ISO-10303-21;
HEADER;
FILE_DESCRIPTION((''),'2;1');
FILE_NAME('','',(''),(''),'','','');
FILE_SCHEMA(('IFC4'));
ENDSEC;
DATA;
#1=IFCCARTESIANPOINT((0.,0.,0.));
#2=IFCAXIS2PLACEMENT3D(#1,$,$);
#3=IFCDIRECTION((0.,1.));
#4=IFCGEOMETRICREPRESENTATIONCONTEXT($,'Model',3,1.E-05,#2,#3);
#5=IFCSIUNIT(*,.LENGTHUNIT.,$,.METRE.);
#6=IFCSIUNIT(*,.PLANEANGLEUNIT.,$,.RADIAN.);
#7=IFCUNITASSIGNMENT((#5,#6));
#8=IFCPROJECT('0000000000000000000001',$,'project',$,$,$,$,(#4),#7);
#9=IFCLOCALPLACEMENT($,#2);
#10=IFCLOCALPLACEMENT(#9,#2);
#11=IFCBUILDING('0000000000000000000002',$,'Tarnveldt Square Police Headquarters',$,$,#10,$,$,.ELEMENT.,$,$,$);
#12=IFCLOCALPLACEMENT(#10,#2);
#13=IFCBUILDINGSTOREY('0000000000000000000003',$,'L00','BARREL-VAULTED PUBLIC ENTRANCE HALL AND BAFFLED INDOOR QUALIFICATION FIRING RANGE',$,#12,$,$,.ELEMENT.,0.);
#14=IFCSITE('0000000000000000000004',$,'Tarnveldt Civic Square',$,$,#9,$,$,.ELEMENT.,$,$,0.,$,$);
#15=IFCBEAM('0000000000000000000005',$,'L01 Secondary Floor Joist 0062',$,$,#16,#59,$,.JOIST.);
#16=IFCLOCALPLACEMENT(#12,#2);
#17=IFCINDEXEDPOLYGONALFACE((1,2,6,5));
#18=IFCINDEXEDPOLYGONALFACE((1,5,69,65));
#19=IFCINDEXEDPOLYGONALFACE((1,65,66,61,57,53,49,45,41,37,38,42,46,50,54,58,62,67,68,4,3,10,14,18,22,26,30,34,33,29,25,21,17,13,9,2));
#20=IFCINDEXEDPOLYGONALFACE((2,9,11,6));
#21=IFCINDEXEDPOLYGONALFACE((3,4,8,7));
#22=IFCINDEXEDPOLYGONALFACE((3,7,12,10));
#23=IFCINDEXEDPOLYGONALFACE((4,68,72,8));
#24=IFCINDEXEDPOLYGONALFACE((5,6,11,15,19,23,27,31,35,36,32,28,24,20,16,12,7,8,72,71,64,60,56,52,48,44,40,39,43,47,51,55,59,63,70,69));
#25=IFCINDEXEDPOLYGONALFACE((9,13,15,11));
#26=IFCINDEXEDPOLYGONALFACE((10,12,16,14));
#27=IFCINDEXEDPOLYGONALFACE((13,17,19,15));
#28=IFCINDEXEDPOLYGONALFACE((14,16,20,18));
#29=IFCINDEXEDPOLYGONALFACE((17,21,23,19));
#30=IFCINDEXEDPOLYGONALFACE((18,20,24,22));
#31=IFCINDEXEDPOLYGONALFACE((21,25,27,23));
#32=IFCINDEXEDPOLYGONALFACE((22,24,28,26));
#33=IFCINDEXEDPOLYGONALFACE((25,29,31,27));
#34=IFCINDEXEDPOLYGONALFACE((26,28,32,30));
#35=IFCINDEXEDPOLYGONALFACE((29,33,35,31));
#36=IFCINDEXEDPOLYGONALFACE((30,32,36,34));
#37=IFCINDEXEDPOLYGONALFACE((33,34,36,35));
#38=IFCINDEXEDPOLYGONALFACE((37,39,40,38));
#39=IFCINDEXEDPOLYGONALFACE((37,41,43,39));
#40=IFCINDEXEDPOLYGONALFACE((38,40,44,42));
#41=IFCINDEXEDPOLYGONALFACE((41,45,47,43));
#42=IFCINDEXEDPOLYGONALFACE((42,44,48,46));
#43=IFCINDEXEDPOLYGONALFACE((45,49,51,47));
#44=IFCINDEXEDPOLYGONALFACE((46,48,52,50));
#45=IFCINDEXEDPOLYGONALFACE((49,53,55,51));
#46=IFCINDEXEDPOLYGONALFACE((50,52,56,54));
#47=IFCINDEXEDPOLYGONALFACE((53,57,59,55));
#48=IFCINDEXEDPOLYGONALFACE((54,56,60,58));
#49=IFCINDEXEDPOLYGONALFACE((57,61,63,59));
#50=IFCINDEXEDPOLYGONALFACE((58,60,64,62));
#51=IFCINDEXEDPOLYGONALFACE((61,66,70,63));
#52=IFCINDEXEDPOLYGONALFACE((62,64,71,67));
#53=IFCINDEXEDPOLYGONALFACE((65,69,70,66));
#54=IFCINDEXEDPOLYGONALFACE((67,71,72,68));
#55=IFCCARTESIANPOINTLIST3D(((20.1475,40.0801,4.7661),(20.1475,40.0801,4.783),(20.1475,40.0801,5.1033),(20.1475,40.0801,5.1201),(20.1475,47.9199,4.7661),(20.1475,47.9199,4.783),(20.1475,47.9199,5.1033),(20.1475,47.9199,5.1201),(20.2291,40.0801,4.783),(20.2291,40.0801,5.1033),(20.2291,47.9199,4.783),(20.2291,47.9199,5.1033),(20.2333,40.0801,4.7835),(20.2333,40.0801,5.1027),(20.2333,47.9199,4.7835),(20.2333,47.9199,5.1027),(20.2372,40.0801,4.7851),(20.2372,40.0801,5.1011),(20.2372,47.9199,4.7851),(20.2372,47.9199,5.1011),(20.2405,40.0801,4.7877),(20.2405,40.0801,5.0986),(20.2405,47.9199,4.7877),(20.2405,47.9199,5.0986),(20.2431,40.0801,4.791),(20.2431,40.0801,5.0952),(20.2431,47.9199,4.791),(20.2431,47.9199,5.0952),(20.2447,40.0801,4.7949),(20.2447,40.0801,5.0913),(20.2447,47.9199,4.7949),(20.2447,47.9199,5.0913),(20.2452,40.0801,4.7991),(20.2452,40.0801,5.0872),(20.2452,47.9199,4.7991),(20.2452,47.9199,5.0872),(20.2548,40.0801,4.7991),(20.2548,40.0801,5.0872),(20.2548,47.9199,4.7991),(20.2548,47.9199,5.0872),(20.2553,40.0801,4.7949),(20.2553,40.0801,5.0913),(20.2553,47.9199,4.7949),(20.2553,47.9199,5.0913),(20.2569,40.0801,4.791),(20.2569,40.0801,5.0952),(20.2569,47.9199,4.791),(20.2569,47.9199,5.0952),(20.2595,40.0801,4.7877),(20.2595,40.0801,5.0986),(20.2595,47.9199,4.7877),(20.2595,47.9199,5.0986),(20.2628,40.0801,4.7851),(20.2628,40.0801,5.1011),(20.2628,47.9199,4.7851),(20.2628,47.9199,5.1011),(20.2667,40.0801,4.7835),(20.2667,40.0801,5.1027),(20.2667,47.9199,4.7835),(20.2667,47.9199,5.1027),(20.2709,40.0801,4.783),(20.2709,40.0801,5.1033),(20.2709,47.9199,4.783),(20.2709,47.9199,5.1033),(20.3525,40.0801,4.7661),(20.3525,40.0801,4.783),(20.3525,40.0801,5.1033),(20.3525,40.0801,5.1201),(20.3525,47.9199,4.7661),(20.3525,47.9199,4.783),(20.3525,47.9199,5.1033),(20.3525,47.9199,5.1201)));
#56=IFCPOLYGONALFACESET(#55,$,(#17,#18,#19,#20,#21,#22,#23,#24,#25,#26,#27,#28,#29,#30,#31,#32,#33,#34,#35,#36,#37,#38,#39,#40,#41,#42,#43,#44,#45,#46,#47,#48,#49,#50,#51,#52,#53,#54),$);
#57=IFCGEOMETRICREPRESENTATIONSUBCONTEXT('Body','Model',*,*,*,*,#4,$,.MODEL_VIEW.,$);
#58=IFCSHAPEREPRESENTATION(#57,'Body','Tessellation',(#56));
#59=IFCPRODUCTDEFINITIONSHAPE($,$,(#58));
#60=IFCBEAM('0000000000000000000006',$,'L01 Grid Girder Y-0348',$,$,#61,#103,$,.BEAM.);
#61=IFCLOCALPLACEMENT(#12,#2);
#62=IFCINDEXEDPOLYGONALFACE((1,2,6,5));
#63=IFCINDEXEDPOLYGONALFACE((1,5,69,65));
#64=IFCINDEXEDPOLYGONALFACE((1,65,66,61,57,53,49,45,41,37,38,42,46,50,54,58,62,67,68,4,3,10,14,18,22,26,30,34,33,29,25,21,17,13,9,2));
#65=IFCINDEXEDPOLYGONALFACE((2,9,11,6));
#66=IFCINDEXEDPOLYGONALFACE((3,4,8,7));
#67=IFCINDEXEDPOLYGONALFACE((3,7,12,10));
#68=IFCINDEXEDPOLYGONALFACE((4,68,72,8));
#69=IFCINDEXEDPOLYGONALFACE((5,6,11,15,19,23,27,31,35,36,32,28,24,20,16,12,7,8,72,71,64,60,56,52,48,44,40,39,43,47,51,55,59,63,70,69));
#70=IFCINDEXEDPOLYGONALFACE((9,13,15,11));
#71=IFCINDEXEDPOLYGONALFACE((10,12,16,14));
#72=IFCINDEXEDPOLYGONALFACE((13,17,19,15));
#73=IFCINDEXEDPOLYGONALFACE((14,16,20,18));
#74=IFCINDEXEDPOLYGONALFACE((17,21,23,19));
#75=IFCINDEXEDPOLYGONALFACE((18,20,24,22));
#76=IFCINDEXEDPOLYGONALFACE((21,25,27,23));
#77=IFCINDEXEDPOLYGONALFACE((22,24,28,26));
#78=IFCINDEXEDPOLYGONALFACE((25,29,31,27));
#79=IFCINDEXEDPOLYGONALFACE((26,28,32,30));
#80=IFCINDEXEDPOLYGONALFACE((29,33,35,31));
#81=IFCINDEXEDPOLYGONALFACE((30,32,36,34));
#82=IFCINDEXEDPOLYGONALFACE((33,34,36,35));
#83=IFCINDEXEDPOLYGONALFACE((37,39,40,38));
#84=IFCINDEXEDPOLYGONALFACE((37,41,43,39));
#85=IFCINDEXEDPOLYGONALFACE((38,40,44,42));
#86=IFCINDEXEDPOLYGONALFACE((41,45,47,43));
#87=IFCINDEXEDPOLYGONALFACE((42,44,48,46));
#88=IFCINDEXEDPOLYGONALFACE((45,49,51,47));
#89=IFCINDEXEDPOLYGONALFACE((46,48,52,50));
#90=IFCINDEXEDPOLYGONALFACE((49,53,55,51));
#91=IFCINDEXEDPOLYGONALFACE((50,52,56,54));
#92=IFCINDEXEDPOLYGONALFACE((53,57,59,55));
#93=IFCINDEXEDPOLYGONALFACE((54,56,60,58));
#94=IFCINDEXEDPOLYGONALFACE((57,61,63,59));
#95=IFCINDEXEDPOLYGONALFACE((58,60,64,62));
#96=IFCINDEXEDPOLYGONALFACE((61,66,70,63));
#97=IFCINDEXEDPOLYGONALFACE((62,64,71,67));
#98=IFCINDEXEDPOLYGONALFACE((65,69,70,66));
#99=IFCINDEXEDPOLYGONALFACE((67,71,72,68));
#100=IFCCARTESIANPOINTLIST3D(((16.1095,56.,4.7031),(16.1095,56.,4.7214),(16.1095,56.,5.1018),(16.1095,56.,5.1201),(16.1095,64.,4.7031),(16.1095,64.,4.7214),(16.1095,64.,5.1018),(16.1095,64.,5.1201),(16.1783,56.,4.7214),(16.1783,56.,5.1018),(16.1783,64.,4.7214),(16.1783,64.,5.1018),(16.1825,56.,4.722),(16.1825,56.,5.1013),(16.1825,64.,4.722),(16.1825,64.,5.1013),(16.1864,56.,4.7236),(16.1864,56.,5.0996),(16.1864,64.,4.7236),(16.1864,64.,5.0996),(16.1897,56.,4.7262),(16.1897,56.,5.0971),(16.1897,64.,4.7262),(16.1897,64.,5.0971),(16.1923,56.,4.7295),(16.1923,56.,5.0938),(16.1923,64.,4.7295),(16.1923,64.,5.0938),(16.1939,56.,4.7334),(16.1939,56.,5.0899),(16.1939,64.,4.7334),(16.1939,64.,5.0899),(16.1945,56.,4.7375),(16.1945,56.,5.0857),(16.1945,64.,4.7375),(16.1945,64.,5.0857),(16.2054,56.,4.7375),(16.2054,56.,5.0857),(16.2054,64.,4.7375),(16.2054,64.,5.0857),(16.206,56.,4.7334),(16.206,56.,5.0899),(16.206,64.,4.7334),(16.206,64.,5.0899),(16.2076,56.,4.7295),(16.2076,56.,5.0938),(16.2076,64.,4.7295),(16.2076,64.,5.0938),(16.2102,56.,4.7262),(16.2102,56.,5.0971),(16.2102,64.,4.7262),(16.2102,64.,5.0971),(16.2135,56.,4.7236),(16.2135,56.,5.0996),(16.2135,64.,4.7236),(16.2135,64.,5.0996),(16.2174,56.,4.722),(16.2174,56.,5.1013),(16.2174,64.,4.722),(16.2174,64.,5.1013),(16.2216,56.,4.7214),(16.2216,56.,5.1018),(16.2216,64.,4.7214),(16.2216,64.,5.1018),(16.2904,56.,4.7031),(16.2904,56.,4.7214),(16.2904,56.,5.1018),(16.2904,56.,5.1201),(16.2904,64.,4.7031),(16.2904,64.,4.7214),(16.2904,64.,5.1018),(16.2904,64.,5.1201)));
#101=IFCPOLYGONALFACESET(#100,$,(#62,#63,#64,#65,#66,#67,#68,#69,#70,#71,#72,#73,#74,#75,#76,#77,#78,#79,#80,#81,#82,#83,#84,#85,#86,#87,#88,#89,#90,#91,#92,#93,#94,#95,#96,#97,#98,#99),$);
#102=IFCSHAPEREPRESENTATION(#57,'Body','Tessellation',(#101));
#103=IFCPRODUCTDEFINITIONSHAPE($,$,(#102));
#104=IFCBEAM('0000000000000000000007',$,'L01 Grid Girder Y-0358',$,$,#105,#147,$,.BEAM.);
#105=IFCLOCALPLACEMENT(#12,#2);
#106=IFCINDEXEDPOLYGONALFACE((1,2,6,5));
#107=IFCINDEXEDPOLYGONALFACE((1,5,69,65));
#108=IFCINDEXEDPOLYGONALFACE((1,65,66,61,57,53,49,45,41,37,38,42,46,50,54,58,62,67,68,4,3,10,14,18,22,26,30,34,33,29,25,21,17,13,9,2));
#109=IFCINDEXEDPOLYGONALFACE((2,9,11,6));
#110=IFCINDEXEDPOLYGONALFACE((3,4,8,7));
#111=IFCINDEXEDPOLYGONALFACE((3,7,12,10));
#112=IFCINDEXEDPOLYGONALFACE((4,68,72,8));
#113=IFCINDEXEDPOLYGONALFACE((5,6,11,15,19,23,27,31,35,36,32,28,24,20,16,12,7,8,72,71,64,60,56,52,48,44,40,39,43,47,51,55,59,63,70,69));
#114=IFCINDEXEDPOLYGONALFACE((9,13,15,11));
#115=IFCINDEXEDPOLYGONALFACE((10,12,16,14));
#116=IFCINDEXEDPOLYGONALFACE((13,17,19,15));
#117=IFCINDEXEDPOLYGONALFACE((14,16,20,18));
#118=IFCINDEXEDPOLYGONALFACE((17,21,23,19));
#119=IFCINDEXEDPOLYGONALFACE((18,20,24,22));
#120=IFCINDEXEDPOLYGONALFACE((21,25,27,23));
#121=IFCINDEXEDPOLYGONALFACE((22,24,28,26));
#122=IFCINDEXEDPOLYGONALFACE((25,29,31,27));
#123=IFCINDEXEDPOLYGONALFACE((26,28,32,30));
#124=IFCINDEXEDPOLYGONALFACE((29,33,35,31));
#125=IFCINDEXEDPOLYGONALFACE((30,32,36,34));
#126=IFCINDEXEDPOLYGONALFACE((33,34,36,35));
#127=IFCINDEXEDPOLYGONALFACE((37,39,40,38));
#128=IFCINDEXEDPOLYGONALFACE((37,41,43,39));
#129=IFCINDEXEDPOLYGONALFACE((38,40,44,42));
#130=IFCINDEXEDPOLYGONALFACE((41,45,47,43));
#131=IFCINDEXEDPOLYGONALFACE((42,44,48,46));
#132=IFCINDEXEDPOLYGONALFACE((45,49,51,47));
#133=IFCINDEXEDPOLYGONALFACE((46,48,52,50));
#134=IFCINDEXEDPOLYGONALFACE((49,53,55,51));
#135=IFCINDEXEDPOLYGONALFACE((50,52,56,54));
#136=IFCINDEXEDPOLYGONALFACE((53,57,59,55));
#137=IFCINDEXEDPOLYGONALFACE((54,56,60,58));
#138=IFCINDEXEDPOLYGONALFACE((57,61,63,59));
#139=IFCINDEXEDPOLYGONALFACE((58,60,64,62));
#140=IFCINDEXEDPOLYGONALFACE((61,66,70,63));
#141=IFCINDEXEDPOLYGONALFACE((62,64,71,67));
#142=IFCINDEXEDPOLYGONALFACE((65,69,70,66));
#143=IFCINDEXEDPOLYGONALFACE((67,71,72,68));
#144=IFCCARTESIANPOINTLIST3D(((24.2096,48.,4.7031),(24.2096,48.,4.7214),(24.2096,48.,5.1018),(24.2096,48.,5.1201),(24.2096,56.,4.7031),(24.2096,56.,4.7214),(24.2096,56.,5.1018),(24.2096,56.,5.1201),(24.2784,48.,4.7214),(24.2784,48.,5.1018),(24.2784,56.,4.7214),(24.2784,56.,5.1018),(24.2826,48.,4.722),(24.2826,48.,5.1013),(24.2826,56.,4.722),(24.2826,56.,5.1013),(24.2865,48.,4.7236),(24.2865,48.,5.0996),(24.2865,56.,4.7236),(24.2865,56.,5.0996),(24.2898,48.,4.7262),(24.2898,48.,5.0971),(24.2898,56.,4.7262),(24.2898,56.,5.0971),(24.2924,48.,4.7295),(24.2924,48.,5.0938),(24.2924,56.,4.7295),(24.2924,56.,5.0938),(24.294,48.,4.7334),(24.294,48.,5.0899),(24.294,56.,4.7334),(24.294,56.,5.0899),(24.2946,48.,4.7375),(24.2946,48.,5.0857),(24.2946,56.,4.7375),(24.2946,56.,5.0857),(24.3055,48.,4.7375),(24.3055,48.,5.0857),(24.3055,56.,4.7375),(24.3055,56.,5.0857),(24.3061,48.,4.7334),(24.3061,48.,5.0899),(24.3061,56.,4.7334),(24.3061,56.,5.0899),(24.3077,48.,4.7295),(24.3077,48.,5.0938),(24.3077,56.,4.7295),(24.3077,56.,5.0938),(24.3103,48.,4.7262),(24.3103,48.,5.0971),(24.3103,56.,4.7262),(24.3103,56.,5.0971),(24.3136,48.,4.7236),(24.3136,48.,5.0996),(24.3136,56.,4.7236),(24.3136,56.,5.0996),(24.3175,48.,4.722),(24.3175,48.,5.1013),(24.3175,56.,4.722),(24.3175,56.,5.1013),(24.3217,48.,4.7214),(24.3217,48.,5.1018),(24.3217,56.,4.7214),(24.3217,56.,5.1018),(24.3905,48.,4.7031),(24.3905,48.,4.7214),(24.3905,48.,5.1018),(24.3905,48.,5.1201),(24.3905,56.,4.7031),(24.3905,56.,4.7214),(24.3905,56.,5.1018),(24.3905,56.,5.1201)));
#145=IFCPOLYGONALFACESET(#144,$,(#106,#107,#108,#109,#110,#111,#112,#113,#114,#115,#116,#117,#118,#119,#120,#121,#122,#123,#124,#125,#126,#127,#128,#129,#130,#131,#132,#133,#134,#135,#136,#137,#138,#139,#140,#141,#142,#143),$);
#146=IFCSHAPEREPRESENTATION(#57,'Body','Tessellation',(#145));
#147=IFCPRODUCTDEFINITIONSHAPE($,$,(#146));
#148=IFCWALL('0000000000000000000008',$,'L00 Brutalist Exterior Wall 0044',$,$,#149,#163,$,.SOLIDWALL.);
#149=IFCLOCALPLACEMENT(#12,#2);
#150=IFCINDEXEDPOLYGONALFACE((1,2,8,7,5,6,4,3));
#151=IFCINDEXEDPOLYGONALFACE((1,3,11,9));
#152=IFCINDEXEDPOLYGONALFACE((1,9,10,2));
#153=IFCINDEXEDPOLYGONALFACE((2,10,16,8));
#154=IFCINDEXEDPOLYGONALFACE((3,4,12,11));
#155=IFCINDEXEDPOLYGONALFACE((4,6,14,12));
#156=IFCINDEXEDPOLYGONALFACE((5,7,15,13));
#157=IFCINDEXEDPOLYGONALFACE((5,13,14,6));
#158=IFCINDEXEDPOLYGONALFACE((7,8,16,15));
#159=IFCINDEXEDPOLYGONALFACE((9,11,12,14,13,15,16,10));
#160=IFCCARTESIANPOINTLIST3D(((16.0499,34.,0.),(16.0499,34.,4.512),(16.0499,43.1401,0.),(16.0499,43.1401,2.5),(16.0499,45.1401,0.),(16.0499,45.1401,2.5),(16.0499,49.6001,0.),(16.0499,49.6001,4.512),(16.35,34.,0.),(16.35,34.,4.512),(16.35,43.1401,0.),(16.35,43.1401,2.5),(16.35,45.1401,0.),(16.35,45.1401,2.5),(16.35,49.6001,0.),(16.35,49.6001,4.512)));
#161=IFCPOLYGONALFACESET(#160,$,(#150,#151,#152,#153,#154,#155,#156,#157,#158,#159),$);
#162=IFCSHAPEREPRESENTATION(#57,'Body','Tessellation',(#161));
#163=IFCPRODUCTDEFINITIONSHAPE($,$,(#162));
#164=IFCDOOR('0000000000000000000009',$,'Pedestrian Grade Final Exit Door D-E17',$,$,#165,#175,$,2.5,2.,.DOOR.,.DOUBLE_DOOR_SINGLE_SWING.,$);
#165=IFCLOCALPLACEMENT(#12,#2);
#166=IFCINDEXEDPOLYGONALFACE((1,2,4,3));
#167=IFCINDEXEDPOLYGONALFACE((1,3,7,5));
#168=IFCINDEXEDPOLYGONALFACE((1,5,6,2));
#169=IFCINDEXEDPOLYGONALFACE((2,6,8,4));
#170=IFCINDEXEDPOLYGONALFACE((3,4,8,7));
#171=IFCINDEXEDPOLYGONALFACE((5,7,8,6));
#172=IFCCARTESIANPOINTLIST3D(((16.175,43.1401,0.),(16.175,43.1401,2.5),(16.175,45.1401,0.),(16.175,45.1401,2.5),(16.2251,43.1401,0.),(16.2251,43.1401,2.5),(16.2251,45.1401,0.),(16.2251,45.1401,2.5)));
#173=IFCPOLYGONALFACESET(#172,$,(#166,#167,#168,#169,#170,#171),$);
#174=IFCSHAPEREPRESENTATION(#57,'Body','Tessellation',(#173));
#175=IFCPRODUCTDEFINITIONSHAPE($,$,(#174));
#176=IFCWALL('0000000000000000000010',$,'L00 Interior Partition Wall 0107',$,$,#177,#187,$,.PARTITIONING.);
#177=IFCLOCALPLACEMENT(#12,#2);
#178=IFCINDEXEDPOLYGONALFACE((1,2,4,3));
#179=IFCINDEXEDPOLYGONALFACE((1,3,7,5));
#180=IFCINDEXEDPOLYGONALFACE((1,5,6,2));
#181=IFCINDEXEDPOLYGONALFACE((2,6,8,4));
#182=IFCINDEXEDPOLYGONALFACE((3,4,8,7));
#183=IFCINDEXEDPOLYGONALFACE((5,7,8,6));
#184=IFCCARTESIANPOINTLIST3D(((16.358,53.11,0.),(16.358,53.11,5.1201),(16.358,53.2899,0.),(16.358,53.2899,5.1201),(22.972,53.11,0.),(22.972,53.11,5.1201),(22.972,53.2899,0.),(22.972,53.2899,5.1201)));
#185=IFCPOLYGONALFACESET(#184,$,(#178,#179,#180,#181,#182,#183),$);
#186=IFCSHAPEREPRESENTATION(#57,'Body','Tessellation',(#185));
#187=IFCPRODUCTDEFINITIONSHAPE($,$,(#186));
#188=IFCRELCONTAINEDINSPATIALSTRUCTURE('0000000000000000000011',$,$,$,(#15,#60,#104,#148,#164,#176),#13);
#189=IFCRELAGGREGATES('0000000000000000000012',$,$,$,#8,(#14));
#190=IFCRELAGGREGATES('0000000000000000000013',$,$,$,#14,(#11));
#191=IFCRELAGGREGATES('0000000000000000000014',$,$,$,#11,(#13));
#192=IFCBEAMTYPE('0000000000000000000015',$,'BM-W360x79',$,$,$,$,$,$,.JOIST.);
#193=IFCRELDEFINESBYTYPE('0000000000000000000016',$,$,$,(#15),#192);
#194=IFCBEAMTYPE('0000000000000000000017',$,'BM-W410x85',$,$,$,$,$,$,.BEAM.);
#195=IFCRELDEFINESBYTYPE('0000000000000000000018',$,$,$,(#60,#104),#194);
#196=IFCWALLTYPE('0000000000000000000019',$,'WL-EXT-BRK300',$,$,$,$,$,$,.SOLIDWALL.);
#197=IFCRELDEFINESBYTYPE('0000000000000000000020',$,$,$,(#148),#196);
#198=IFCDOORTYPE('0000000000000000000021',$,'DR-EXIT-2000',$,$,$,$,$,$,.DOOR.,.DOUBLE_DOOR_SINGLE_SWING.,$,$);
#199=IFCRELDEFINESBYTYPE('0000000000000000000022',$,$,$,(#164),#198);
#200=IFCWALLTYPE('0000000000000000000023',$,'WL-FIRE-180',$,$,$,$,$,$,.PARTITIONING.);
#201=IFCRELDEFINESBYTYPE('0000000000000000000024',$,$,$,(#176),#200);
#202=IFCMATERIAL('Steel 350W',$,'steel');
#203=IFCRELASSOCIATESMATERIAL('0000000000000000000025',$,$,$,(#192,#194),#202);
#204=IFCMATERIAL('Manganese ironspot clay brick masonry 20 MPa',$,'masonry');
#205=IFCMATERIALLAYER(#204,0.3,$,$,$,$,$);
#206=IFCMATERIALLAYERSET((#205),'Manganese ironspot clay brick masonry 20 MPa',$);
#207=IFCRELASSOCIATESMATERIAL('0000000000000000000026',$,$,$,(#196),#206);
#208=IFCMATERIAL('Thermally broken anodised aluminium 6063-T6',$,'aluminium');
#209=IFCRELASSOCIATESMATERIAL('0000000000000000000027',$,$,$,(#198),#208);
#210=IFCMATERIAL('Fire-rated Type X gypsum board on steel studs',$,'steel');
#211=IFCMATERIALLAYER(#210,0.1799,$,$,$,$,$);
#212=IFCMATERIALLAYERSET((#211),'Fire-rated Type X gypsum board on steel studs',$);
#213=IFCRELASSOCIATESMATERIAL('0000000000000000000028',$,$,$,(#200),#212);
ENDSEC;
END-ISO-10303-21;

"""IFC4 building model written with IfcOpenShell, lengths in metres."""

from ifc_helpers import new_model, si_unit, direction, frame, frame_2d, origin, origin_2d, place, context, subcontext, project, spatial, rectangle, i_section, extrude, material, layer, layer_set, material_profile, profile_set, type_object, element, fill, save


model = new_model("IFC4")

# Units and contexts
model_context = context("Model", 3, precision=1e-05, world=origin(), true_north=direction((0.0, 1.0)))
body_context = subcontext(model_context, "Body", "Model", "MODEL_VIEW")
ifc_project = project(units=[si_unit("LENGTHUNIT", "METRE"), si_unit("PLANEANGLEUNIT", "RADIAN")], contexts=[model_context])

# Site, building, storey
site_placement = place(None, origin())
site = spatial("IfcSite", under=ifc_project, at=site_placement, Name="Tarnveldt Civic Square", CompositionType="ELEMENT", RefElevation=0.0)
building_placement = place(site_placement, origin())
building = spatial("IfcBuilding", under=site, at=building_placement, Name="Tarnveldt Square Police Headquarters", CompositionType="ELEMENT")
storey_placement = place(building_placement, origin())
storey = spatial("IfcBuildingStorey", under=building, at=storey_placement, Name="L00", Description="BARREL-VAULTED PUBLIC ENTRANCE HALL AND BAFFLED INDOOR QUALIFICATION FIRING RANGE", CompositionType="ELEMENT", Elevation=0.0)

# Beams
ifc_material_1 = material(Name="Steel 350W", Category="steel")
ifc_material_profile_1 = material_profile(ifc_material_1, i_section(OverallWidth=0.2051, OverallDepth=0.354, WebThickness=0.0095, FlangeThickness=0.0168, FilletRadius=0.0161, at=origin_2d()), Name="W360x79")
ifc_profile_set_1 = profile_set([ifc_material_profile_1], Name="Steel 350W")
beam_type_1 = type_object("IfcBeamType", Name="BM-W360x79", PredefinedType="JOIST", material=ifc_profile_set_1)
beam_1_placement = place(storey_placement, frame((20.25, 40.0801, 4.9431), z_axis=(0.0, 1.0, 0.0), x_axis=(-1.0, 0.0, 0.0)))
element("IfcBeam", 1, at=beam_1_placement, inside=storey, type_object=beam_type_1, Name="L01 Secondary Floor Joist 0062", PredefinedType="JOIST", context=body_context, shape_type="SweptSolid", body=[
    extrude(i_section(OverallWidth=0.2051, OverallDepth=0.354, WebThickness=0.0095, FlangeThickness=0.0168, FilletRadius=0.0161, at=origin_2d()), origin(), (0.0, 0.0, 1.0), 7.8398),
])
ifc_material_profile_2 = material_profile(ifc_material_1, i_section(OverallWidth=0.1809, OverallDepth=0.417, WebThickness=0.011, FlangeThickness=0.0183, FilletRadius=0.0161, at=origin_2d()), Name="W410x85")
ifc_profile_set_2 = profile_set([ifc_material_profile_2], Name="Steel 350W")
beam_type_2 = type_object("IfcBeamType", Name="BM-W410x85", PredefinedType="BEAM", material=ifc_profile_set_2)
for number, where, z_axis, x_axis, name in (
    (2, (16.2, 56.0, 4.9116), (0.0, 1.0, 0.0), (-1.0, 0.0, 0.0), "L01 Grid Girder Y-0348"),
    (3, (24.3, 48.0, 4.9116), (0.0, 1.0, 0.0), (-1.0, 0.0, 0.0), "L01 Grid Girder Y-0358"),
):
    element("IfcBeam", number, at=place(storey_placement, frame(where, z_axis=z_axis, x_axis=x_axis)), inside=storey, type_object=beam_type_2, Name=name, PredefinedType="BEAM", context=body_context, shape_type="SweptSolid", body=[
        extrude(i_section(OverallWidth=0.1809, OverallDepth=0.417, WebThickness=0.011, FlangeThickness=0.0183, FilletRadius=0.0161, at=origin_2d()), origin(), (0.0, 0.0, 1.0), 8.0),
    ])

# Wall, opening, door
ifc_material_2 = material(Name="Manganese ironspot clay brick masonry 20 MPa", Category="masonry")
ifc_layer_1 = layer(ifc_material_2, 0.3)
ifc_layer_set_1 = layer_set([ifc_layer_1], Name="Manganese ironspot clay brick masonry 20 MPa")
wall_type_1 = type_object("IfcWallType", Name="WL-EXT-BRK300", PredefinedType="SOLIDWALL", material=ifc_layer_set_1)
wall_1_placement = place(storey_placement, frame((16.2, 49.6001, 0.0), z_axis=(0.0, 0.0, 1.0), x_axis=(0.0, -1.0, 0.0)))
wall_1 = element("IfcWall", 4, at=wall_1_placement, inside=storey, type_object=wall_type_1, Name="L00 Brutalist Exterior Wall 0044", PredefinedType="SOLIDWALL", context=body_context, shape_type="SweptSolid", body=[
    extrude(rectangle(XDim=15.6001, YDim=0.3, at=frame_2d((7.8, 0.0))), origin(), (0.0, 0.0, 1.0), 4.512),
])
opening_1_placement = place(wall_1_placement, frame((4.46, 0.0, 0.0)))
opening_1 = element("IfcOpeningElement", 5, at=opening_1_placement, cuts=wall_1, PredefinedType="OPENING", context=body_context, shape_type="SweptSolid", body=[
    extrude(rectangle(XDim=2.0, YDim=2.5, at=frame_2d((1.0, 1.25))), frame((0.0, 0.1599, 0.0), z_axis=(0.0, -1.0, 0.0), x_axis=(1.0, 0.0, 0.0)), (0.0, 0.0, 1.0), 0.3201),
])
ifc_material_3 = material(Name="Thermally broken anodised aluminium 6063-T6", Category="aluminium")
door_type_1 = type_object("IfcDoorType", Name="DR-EXIT-2000", OperationType="DOUBLE_DOOR_SINGLE_SWING", PredefinedType="DOOR", material=ifc_material_3)
door_1_placement = place(opening_1_placement, frame((2.0, 0.0, 0.0), z_axis=(0.0, 0.0, 1.0), x_axis=(-1.0, 0.0, 0.0)))
door_1 = element("IfcDoor", 6, at=door_1_placement, inside=storey, type_object=door_type_1, Name="Pedestrian Grade Final Exit Door D-E17", OperationType="DOUBLE_DOOR_SINGLE_SWING", OverallHeight=2.5, OverallWidth=2.0, PredefinedType="DOOR", context=body_context, shape_type="SweptSolid", body=[
    extrude(rectangle(XDim=2.0, YDim=2.5, at=frame_2d((1.0, 1.25))), frame((0.0, 0.0249, 0.0), z_axis=(0.0, -1.0, 0.0), x_axis=(1.0, 0.0, 0.0)), (0.0, 0.0, 1.0), 0.05),
])
fill(opening_1, door_1)

# Wall
ifc_material_4 = material(Name="Fire-rated Type X gypsum board on steel studs", Category="steel")
ifc_layer_2 = layer(ifc_material_4, 0.1799)
ifc_layer_set_2 = layer_set([ifc_layer_2], Name="Fire-rated Type X gypsum board on steel studs")
wall_type_2 = type_object("IfcWallType", Name="WL-FIRE-180", PredefinedType="PARTITIONING", material=ifc_layer_set_2)
for number, where, z_axis, x_axis, name in (
    (7, (16.3579, 53.2, 0.0), (0.0, 0.0, 1.0), (1.0, 0.0, 0.0), "L00 Interior Partition Wall 0107"),
):
    element("IfcWall", number, at=place(storey_placement, frame(where, z_axis=z_axis, x_axis=x_axis)), inside=storey, type_object=wall_type_2, Name=name, PredefinedType="PARTITIONING", context=body_context, shape_type="SweptSolid", body=[
        extrude(rectangle(XDim=6.614, YDim=0.1799, at=frame_2d((3.3071, 0.0))), origin(), (0.0, 0.0, 1.0), 5.1201),
    ])

save(model, "model.ifc")
